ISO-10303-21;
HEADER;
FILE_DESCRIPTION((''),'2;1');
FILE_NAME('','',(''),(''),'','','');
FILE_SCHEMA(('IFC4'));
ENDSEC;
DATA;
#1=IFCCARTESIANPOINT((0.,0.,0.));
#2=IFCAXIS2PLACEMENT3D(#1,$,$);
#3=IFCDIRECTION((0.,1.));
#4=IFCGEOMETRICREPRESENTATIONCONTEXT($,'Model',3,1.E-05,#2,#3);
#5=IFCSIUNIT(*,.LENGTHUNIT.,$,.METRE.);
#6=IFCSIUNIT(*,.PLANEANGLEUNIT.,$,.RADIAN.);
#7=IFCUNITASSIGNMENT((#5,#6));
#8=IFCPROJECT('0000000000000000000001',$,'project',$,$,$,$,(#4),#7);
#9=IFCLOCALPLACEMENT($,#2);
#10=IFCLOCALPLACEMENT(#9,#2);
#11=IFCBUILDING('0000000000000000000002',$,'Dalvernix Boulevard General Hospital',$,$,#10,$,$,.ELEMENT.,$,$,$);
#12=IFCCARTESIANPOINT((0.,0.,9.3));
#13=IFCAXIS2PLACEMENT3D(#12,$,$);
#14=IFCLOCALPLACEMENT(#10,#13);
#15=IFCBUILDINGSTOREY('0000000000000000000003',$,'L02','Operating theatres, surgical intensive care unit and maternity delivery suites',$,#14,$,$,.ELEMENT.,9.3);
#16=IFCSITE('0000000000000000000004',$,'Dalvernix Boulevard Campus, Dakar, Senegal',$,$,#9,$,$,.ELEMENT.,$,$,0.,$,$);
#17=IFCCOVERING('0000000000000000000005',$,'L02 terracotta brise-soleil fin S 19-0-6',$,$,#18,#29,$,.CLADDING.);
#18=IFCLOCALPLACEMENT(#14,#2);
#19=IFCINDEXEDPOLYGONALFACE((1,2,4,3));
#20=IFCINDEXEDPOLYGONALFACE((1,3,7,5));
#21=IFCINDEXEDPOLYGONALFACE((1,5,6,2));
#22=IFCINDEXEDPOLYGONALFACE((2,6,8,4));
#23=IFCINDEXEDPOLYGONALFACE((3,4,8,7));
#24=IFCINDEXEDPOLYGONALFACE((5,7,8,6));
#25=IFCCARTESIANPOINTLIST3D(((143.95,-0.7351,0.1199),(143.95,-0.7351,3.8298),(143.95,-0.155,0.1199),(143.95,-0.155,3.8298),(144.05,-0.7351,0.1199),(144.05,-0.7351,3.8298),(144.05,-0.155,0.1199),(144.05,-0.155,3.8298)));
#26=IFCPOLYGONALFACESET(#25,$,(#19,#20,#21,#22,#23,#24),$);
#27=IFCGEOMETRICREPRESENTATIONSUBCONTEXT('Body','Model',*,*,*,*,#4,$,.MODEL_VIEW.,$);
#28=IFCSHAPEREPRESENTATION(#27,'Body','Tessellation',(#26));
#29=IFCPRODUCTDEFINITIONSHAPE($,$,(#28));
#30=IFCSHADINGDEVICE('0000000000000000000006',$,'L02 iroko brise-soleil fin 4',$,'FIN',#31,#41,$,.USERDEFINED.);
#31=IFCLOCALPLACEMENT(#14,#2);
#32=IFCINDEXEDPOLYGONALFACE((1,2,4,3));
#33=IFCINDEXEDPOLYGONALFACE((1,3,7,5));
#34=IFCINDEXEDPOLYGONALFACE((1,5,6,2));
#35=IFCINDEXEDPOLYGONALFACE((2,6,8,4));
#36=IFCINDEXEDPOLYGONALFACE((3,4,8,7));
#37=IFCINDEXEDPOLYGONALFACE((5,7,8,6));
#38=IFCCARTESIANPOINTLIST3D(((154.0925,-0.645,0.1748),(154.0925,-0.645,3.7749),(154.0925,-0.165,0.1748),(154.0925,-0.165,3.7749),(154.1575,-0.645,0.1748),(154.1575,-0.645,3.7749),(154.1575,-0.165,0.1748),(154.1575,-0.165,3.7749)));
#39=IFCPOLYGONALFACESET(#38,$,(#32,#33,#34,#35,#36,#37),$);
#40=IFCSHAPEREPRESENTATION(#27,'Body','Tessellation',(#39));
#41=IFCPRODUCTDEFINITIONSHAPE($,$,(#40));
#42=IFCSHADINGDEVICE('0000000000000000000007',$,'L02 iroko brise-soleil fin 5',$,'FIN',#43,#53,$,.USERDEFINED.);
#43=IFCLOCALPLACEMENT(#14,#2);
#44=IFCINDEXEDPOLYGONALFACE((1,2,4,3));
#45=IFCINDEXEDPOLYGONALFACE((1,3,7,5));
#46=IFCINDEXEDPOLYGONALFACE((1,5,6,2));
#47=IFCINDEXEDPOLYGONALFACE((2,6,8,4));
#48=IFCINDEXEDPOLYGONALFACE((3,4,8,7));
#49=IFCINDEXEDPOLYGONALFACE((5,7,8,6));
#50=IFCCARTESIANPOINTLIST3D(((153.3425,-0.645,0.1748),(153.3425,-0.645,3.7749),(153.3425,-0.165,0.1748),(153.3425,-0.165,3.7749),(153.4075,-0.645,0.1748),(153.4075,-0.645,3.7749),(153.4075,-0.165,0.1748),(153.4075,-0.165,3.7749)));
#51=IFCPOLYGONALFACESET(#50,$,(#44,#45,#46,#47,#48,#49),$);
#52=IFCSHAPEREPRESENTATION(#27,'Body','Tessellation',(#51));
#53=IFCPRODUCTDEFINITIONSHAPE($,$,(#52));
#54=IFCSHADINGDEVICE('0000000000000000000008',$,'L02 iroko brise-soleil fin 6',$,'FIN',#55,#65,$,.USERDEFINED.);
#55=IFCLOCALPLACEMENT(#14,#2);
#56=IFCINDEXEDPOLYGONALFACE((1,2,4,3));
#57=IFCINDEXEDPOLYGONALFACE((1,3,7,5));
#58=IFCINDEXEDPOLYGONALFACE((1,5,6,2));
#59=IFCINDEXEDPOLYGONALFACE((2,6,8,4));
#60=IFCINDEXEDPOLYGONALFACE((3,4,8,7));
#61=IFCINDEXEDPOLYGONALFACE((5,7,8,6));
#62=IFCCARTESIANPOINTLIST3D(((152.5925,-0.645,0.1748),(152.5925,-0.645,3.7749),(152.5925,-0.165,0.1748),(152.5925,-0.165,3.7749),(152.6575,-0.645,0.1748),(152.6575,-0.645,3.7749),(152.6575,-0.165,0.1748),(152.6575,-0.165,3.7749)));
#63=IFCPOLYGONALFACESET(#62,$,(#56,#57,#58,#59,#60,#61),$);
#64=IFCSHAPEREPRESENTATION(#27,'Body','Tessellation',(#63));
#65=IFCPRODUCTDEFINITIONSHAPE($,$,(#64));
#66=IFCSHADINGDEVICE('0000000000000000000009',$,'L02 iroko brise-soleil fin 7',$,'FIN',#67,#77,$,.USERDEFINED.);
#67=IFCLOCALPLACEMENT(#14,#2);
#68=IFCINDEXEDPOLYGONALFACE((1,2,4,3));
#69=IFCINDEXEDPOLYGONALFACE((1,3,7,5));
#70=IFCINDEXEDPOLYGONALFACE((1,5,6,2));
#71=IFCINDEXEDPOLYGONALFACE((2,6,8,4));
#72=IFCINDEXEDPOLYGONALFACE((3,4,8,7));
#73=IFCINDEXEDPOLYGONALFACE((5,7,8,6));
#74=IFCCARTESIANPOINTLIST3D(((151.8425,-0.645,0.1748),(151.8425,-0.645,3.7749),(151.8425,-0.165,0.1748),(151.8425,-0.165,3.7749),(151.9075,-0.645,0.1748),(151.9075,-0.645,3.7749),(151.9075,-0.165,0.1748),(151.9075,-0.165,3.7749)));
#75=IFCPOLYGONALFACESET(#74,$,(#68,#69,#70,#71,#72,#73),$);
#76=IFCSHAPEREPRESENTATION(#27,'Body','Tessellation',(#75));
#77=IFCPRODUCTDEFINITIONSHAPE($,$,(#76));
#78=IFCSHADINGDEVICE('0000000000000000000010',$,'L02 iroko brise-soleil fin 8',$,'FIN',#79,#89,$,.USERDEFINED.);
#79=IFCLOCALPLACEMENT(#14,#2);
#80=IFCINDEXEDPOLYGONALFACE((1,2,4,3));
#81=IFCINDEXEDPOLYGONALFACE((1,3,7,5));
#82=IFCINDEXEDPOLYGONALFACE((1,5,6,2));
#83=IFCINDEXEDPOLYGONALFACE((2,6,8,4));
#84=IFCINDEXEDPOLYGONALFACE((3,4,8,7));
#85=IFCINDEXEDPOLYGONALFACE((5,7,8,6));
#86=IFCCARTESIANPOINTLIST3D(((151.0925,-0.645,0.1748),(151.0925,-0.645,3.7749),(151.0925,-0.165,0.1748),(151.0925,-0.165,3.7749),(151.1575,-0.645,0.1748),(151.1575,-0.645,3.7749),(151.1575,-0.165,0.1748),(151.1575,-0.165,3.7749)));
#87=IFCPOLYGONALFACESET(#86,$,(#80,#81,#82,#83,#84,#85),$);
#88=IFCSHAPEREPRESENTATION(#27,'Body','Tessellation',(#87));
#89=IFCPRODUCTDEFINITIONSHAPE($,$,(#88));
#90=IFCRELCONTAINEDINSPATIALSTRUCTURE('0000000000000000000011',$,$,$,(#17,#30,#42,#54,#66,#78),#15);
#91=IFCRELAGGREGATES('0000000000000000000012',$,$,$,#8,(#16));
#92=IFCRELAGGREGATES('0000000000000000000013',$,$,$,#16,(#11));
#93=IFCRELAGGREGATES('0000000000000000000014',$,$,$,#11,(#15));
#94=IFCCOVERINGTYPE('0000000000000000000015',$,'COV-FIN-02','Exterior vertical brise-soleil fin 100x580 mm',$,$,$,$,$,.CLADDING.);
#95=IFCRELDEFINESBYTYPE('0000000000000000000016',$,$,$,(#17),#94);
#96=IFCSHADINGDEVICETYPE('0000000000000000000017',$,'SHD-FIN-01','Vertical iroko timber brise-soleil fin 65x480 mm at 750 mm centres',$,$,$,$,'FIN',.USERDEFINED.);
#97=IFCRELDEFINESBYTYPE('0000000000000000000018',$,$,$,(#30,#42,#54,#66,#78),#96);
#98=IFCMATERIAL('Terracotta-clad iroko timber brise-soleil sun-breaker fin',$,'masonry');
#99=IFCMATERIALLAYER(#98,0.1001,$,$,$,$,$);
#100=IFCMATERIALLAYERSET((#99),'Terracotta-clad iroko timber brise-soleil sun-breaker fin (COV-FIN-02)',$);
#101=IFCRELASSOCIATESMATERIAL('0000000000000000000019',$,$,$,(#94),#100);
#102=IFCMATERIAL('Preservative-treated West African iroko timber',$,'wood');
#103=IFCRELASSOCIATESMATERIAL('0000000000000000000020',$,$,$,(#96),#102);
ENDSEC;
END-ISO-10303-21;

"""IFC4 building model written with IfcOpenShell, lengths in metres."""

from ifc_helpers import new_model, si_unit, direction, frame, origin, origin_2d, place, context, subcontext, project, spatial, rectangle, extrude, material, layer, layer_set, type_object, element, save


model = new_model("IFC4")

# Units and contexts
model_context = context("Model", 3, precision=1e-05, world=origin(), true_north=direction((0.0, 1.0)))
body_context = subcontext(model_context, "Body", "Model", "MODEL_VIEW")
ifc_project = project(units=[si_unit("LENGTHUNIT", "METRE"), si_unit("PLANEANGLEUNIT", "RADIAN")], contexts=[model_context])

# Site, building, storey
site_placement = place(None, origin())
site = spatial("IfcSite", under=ifc_project, at=site_placement, Name="Dalvernix Boulevard Campus, Dakar, Senegal", CompositionType="ELEMENT", RefElevation=0.0)
building_placement = place(site_placement, origin())
building = spatial("IfcBuilding", under=site, at=building_placement, Name="Dalvernix Boulevard General Hospital", CompositionType="ELEMENT")
storey_placement = place(building_placement, frame((0.0, 0.0, 9.3)))
storey = spatial("IfcBuildingStorey", under=building, at=storey_placement, Name="L02", Description="Operating theatres, surgical intensive care unit and maternity delivery suites", CompositionType="ELEMENT", Elevation=9.3)

# Covering
ifc_material_1 = material(Name="Terracotta-clad iroko timber brise-soleil sun-breaker fin", Category="masonry")
ifc_layer_1 = layer(ifc_material_1, 0.1001)
ifc_layer_set_1 = layer_set([ifc_layer_1], Name="Terracotta-clad iroko timber brise-soleil sun-breaker fin (COV-FIN-02)")
covering_type_1 = type_object("IfcCoveringType", Name="COV-FIN-02", Description="Exterior vertical brise-soleil fin 100x580 mm", PredefinedType="CLADDING", material=ifc_layer_set_1)
for number, where, z_axis, x_axis, name in (
    (1, (144.0, -0.4451, 0.1199), (0.0, 0.0, 1.0), (-1.0, 0.0, 0.0), "L02 terracotta brise-soleil fin S 19-0-6"),
):
    element("IfcCovering", number, at=place(storey_placement, frame(where, z_axis=z_axis, x_axis=x_axis)), inside=storey, type_object=covering_type_1, Name=name, PredefinedType="CLADDING", context=body_context, shape_type="SweptSolid", body=[
        extrude(rectangle(XDim=0.1001, YDim=0.5801, at=origin_2d()), origin(), (0.0, 0.0, 1.0), 3.71),
    ])

# Shading devices
ifc_material_2 = material(Name="Preservative-treated West African iroko timber", Category="wood")
shading_device_type = type_object("IfcShadingDeviceType", Name="SHD-FIN-01", Description="Vertical iroko timber brise-soleil fin 65x480 mm at 750 mm centres", ElementType="FIN", PredefinedType="USERDEFINED", material=ifc_material_2)
for number, where, z_axis, x_axis, name in (
    (2, (154.125, -0.405, 0.1748), (0.0, 0.0, 1.0), (-1.0, 0.0, 0.0), "L02 iroko brise-soleil fin 4"),
    (3, (153.375, -0.405, 0.1748), (0.0, 0.0, 1.0), (-1.0, 0.0, 0.0), "L02 iroko brise-soleil fin 5"),
    (4, (152.625, -0.405, 0.1748), (0.0, 0.0, 1.0), (-1.0, 0.0, 0.0), "L02 iroko brise-soleil fin 6"),
    (5, (151.875, -0.405, 0.1748), (0.0, 0.0, 1.0), (-1.0, 0.0, 0.0), "L02 iroko brise-soleil fin 7"),
    (6, (151.125, -0.405, 0.1748), (0.0, 0.0, 1.0), (-1.0, 0.0, 0.0), "L02 iroko brise-soleil fin 8"),
):
    element("IfcShadingDevice", number, at=place(storey_placement, frame(where, z_axis=z_axis, x_axis=x_axis)), inside=storey, type_object=shading_device_type, Name=name, ObjectType="FIN", PredefinedType="USERDEFINED", context=body_context, shape_type="SweptSolid", body=[
        extrude(rectangle(XDim=0.0649, YDim=0.48, at=origin_2d()), origin(), (0.0, 0.0, 1.0), 3.6001),
    ])

save(model, "model.ifc")
